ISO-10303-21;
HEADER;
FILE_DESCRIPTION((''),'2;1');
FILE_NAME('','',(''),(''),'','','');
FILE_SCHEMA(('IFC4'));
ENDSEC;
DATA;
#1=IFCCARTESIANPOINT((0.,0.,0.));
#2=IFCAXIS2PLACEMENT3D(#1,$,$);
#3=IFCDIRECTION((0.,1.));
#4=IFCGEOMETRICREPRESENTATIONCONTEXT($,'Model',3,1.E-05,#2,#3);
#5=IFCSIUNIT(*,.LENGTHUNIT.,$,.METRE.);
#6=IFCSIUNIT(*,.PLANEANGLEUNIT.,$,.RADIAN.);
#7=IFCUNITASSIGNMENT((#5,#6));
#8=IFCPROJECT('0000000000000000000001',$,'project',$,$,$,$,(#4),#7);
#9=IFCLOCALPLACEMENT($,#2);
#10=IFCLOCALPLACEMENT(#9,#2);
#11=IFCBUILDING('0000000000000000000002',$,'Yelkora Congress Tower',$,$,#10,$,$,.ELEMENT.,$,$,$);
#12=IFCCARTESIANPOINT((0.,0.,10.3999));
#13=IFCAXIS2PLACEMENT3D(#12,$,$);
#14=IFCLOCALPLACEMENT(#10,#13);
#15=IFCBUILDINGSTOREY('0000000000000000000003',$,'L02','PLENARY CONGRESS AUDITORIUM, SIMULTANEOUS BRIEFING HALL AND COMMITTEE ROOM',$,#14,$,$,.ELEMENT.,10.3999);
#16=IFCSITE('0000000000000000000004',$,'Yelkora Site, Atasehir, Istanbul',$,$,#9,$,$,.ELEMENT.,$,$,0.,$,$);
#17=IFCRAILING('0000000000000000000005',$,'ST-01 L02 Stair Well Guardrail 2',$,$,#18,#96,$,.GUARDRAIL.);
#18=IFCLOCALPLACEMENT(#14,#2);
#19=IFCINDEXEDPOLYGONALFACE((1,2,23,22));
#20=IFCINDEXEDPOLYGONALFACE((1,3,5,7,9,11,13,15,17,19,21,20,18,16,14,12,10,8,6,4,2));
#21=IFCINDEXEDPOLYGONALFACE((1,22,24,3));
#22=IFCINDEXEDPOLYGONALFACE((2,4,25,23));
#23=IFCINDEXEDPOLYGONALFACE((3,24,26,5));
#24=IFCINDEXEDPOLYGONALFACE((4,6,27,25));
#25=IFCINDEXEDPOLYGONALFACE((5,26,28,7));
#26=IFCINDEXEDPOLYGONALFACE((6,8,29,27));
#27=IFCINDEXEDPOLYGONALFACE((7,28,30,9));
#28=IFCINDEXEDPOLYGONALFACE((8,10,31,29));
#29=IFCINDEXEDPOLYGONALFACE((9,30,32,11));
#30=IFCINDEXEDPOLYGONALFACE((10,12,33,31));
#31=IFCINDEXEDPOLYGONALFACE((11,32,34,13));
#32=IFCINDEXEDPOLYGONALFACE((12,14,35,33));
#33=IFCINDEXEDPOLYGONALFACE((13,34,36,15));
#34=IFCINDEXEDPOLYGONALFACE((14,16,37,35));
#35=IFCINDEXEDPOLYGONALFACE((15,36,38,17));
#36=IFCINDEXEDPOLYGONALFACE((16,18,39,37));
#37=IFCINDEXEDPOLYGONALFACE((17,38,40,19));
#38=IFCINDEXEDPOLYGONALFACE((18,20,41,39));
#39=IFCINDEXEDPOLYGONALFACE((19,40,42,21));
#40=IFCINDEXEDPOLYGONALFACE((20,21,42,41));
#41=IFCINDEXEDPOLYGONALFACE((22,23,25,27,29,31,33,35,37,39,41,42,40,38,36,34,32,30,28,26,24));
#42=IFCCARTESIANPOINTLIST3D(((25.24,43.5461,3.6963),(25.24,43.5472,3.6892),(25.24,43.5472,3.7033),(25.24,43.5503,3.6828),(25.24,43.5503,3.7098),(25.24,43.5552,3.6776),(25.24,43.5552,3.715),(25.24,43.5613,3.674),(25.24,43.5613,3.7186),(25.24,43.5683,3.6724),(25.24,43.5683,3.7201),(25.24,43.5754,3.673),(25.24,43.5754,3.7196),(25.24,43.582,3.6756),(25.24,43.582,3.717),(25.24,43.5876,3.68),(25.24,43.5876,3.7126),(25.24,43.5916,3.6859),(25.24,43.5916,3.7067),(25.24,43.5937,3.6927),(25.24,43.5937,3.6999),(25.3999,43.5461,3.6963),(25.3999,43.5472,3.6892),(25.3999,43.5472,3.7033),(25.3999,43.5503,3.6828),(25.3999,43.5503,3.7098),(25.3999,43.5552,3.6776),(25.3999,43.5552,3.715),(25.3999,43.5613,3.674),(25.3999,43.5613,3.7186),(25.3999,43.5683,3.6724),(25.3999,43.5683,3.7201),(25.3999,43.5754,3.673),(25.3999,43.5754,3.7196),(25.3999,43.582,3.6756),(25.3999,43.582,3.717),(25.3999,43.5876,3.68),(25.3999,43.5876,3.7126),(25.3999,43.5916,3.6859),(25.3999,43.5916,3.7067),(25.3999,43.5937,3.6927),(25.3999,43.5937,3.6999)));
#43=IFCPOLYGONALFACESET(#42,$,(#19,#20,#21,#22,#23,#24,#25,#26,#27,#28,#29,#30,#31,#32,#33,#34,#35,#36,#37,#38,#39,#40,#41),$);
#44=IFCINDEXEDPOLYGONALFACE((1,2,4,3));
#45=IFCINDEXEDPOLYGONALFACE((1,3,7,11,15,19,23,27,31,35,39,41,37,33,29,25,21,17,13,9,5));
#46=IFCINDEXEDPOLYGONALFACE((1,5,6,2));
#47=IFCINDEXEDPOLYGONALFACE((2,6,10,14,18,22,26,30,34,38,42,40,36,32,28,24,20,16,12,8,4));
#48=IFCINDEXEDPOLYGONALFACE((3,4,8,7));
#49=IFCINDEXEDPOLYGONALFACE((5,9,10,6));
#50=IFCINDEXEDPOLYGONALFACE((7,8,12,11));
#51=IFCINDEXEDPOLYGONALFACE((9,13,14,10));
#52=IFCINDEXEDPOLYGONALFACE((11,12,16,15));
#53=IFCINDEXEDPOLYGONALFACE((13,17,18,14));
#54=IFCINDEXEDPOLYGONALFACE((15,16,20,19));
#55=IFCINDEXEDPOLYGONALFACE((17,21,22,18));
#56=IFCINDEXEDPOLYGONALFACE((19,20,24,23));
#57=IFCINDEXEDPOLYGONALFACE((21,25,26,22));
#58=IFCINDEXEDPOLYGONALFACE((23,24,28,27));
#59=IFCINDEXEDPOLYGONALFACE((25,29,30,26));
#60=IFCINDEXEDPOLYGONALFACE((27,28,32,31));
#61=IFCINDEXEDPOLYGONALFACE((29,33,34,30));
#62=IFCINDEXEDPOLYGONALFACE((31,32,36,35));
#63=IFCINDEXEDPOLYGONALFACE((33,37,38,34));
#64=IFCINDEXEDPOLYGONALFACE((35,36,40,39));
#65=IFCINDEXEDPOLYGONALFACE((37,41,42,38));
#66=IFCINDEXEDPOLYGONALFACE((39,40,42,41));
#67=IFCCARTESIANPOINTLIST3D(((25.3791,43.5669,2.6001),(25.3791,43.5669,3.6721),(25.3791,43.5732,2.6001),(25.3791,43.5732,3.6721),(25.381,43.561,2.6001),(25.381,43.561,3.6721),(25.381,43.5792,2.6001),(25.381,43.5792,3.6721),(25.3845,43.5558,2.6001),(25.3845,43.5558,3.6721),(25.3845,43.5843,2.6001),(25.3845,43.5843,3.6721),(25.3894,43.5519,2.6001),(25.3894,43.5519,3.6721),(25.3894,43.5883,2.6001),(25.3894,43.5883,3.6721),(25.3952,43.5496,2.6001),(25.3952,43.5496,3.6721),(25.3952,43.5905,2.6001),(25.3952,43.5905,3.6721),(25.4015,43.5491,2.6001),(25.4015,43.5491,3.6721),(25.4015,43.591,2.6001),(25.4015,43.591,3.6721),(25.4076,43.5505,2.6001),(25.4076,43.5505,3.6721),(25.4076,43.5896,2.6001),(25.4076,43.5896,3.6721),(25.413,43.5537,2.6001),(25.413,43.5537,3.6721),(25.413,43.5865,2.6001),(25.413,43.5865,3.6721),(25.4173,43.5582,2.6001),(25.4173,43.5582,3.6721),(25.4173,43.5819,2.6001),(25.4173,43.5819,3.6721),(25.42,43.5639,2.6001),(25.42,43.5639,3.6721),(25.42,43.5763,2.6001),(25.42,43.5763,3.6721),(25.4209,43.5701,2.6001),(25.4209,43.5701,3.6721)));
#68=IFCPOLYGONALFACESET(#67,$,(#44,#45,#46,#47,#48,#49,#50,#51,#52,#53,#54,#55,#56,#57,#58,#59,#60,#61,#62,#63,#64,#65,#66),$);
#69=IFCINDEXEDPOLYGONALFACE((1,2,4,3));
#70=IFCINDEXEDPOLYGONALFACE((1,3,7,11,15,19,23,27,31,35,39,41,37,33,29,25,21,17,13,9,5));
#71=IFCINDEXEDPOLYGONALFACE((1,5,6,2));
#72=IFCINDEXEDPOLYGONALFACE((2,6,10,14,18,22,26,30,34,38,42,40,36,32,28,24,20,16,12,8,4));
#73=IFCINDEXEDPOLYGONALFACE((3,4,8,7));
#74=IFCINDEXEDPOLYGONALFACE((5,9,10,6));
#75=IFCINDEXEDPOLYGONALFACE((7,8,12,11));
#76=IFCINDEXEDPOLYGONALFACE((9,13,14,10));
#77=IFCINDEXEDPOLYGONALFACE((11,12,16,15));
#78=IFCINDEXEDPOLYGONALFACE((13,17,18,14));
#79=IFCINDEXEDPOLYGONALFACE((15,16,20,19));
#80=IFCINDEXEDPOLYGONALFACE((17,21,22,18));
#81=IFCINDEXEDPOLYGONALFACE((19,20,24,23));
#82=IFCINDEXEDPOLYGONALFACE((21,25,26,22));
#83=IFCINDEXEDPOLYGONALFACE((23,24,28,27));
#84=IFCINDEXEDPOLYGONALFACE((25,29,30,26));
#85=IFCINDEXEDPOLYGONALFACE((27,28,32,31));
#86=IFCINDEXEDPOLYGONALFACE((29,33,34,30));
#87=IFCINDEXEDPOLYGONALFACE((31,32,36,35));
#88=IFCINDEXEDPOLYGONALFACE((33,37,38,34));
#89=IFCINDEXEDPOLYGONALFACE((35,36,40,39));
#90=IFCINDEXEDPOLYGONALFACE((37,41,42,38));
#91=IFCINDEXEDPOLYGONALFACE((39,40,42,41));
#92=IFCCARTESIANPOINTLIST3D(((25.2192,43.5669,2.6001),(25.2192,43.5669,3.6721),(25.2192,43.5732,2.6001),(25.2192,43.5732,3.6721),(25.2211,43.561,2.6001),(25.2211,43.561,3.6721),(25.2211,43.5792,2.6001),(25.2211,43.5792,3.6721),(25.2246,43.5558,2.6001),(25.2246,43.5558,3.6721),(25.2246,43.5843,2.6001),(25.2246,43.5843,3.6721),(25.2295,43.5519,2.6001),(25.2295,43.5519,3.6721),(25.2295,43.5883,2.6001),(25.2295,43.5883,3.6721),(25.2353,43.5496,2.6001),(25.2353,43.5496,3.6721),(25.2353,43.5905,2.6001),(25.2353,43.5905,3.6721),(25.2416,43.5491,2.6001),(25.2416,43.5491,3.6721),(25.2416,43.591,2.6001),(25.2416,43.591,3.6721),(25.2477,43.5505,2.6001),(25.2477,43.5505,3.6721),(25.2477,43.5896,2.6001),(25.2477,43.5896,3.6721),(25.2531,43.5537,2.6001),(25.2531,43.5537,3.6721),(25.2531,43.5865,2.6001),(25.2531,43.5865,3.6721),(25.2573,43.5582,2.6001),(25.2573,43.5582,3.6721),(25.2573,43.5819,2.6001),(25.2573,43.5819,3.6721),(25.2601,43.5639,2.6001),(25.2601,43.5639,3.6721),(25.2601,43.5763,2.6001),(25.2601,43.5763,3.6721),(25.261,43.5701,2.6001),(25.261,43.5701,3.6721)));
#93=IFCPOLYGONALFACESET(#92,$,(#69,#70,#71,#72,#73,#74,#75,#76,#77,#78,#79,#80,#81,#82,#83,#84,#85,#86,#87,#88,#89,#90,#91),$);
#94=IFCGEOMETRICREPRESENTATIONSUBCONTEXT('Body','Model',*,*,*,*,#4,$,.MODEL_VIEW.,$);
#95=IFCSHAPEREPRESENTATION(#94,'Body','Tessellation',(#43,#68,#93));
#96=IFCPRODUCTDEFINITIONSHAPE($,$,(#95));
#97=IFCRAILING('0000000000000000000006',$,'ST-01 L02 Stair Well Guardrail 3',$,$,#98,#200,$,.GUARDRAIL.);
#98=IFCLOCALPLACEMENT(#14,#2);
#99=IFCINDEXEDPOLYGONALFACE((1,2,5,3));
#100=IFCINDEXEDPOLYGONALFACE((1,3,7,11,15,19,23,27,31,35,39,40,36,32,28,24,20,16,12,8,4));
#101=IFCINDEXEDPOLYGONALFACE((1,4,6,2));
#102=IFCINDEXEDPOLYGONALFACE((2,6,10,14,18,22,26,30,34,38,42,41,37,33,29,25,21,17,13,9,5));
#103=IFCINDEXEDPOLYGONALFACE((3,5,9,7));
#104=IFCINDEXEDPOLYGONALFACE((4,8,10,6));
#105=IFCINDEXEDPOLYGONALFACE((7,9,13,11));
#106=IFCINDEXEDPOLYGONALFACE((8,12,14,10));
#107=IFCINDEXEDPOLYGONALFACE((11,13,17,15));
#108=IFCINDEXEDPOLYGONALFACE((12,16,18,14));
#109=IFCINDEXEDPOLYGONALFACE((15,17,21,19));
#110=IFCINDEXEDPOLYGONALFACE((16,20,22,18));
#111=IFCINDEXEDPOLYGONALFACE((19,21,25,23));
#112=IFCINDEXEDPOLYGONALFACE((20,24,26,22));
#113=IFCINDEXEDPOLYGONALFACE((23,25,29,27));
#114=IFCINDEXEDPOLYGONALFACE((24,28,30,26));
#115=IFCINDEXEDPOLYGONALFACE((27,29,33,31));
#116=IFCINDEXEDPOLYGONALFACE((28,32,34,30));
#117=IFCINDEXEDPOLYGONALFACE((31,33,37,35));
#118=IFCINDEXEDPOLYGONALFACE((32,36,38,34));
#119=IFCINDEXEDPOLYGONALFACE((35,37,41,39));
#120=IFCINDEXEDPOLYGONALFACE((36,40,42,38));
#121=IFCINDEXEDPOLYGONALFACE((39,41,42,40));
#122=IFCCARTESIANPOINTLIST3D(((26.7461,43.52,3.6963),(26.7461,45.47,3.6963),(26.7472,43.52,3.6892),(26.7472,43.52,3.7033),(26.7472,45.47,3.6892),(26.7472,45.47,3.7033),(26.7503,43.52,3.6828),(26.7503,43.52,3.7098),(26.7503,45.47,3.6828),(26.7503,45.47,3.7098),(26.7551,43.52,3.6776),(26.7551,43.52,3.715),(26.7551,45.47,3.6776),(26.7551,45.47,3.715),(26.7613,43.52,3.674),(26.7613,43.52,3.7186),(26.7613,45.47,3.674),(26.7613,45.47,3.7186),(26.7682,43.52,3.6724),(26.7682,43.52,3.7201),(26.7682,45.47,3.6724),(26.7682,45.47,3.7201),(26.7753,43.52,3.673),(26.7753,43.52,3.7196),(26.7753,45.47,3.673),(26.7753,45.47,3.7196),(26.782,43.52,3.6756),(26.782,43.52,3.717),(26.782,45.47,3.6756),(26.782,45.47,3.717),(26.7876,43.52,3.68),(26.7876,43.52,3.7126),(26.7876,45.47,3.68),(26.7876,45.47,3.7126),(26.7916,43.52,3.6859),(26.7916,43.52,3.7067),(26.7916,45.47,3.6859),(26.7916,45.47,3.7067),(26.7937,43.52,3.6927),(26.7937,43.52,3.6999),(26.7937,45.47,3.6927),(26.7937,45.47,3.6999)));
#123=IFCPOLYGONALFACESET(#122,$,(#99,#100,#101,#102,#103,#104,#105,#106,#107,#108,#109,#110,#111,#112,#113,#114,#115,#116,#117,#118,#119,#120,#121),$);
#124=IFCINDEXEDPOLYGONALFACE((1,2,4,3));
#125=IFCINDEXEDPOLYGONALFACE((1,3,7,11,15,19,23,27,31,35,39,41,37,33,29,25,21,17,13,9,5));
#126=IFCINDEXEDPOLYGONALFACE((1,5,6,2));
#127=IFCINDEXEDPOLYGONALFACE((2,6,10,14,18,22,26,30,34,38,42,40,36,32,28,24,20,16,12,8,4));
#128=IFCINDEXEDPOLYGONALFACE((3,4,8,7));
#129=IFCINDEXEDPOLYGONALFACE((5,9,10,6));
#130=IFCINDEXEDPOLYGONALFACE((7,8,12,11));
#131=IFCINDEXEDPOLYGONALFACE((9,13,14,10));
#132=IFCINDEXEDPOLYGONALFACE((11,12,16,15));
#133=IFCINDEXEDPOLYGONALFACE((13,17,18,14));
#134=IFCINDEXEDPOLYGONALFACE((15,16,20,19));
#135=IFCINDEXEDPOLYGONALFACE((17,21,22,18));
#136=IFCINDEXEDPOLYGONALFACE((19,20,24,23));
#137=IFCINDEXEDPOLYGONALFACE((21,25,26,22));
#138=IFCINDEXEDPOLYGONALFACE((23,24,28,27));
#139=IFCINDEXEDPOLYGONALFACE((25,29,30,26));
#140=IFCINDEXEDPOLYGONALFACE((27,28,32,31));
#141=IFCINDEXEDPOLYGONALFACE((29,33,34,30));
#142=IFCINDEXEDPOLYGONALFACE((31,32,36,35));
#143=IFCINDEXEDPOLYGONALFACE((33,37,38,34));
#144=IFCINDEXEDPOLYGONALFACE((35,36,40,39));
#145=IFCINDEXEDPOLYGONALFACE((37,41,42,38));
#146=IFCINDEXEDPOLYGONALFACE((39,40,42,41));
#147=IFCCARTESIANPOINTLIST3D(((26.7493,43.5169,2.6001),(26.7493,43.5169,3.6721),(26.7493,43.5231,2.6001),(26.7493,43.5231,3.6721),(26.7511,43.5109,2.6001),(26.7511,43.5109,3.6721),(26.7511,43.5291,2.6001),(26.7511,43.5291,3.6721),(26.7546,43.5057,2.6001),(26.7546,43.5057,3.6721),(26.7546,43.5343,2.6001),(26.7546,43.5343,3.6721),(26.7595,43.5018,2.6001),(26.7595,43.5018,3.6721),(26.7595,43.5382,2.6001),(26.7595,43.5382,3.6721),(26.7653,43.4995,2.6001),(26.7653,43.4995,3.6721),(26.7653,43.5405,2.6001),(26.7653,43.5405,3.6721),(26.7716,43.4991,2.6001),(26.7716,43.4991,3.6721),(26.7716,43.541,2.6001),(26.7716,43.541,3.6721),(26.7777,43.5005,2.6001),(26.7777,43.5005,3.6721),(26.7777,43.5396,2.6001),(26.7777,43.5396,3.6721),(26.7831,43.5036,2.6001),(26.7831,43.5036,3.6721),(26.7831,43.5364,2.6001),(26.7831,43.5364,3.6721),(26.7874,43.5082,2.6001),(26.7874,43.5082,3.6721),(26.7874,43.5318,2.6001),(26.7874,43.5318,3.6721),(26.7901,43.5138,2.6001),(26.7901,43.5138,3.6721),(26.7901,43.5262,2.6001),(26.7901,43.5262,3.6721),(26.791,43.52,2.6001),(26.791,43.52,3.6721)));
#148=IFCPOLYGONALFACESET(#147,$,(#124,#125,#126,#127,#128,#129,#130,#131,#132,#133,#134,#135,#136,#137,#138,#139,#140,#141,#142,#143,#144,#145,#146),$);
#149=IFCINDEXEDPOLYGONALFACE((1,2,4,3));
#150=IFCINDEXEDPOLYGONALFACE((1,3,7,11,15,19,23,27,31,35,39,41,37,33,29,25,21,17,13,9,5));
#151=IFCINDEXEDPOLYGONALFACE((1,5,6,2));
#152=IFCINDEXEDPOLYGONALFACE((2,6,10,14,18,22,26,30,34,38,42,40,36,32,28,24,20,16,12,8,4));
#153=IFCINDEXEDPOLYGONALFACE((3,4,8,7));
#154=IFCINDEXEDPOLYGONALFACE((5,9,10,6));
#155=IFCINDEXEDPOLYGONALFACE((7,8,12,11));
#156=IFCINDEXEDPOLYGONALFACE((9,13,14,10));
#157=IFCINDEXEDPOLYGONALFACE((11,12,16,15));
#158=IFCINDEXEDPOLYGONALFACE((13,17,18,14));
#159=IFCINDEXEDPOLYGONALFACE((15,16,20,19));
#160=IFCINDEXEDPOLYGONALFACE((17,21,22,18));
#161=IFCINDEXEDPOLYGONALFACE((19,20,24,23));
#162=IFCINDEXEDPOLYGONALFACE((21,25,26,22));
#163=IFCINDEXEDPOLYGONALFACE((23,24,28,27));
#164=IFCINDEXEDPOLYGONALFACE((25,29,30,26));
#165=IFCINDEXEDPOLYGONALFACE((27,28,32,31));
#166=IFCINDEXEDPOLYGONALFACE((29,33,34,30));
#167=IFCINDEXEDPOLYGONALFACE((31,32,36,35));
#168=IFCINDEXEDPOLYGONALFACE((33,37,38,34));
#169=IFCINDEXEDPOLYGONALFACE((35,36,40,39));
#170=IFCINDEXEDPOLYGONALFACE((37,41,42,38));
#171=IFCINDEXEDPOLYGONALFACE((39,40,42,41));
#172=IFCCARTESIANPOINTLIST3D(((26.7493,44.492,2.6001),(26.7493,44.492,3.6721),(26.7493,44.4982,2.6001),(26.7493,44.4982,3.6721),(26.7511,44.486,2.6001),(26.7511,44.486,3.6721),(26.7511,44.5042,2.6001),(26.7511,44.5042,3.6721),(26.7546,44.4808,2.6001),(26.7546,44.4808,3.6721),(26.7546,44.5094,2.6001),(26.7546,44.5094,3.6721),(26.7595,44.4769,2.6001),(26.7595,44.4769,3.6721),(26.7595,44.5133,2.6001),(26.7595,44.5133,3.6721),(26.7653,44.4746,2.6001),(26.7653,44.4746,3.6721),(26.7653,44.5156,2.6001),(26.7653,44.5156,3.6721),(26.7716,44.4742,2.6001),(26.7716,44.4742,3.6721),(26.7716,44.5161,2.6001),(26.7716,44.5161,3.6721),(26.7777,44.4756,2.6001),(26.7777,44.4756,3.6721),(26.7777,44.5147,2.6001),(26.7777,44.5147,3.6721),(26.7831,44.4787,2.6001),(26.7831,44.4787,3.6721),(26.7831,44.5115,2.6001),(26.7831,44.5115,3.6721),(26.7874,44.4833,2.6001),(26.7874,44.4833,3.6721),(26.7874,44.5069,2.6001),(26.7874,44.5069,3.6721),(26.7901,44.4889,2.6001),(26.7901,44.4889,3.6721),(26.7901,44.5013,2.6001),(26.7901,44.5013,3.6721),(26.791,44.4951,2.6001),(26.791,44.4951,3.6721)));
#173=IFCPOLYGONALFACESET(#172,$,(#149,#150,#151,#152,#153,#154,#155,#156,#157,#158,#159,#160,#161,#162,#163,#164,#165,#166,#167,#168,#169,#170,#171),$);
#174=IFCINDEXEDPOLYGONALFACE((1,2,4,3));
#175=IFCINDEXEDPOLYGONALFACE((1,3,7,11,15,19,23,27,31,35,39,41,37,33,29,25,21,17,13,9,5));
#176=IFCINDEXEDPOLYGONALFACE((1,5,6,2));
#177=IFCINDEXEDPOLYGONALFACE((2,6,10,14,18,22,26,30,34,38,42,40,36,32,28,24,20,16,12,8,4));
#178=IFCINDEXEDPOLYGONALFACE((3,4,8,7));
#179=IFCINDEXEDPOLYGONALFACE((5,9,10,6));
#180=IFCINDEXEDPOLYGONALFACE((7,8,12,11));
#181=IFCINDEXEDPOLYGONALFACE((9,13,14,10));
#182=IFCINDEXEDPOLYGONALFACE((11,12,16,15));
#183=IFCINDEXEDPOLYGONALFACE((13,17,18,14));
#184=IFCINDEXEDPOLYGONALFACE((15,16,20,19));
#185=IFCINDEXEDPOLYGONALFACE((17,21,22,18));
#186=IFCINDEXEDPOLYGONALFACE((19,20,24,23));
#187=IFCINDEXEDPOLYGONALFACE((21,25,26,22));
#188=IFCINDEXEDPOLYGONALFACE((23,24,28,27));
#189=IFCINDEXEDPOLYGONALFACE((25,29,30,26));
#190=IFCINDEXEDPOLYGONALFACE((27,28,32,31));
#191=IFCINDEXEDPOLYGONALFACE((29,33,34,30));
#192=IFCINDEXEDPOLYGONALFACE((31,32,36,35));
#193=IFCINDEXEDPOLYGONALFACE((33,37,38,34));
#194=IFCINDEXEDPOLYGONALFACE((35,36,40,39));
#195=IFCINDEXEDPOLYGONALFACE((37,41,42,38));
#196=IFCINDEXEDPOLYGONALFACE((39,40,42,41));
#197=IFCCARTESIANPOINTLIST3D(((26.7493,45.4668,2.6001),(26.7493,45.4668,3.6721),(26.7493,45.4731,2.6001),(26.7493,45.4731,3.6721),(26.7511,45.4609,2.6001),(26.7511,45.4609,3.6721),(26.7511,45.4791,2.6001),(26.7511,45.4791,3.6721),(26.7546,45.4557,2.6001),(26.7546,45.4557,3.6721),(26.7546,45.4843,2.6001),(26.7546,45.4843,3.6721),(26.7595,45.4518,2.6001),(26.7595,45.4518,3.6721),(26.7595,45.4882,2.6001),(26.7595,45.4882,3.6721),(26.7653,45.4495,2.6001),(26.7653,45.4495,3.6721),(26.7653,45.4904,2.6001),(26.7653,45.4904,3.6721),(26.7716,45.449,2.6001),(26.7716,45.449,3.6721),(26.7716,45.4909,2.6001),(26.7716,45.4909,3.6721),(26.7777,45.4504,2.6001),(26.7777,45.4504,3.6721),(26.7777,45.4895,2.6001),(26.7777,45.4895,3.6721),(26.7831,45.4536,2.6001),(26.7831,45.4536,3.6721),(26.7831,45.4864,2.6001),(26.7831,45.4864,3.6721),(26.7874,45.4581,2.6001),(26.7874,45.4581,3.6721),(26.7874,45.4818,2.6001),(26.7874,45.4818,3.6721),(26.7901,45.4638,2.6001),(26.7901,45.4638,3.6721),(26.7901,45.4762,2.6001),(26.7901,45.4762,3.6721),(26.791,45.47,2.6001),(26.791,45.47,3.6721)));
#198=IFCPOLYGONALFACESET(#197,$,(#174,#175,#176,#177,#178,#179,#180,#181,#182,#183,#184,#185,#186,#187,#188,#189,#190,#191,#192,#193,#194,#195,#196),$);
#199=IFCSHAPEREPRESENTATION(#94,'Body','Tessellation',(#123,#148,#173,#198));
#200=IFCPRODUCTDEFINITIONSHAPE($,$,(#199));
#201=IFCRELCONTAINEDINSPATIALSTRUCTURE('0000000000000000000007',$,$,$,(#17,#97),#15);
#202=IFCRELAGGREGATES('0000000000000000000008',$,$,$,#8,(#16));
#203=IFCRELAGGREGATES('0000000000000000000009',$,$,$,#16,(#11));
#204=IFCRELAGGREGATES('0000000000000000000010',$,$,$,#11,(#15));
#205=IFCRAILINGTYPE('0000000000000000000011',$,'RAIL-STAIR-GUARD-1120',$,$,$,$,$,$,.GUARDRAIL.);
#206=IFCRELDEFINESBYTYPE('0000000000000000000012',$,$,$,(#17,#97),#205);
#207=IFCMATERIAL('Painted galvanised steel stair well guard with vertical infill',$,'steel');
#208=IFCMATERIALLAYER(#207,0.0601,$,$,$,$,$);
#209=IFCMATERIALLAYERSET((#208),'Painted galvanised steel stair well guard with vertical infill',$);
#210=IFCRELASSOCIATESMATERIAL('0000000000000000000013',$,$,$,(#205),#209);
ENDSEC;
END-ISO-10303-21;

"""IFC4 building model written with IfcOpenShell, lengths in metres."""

from ifc_helpers import new_model, si_unit, direction, frame, origin, origin_2d, place, context, subcontext, project, spatial, circle, extrude, material, layer, layer_set, type_object, element, save


model = new_model("IFC4")

# Units and contexts
model_context = context("Model", 3, precision=1e-05, world=origin(), true_north=direction((0.0, 1.0)))
body_context = subcontext(model_context, "Body", "Model", "MODEL_VIEW")
ifc_project = project(units=[si_unit("LENGTHUNIT", "METRE"), si_unit("PLANEANGLEUNIT", "RADIAN")], contexts=[model_context])

# Site, building, storey
site_placement = place(None, origin())
site = spatial("IfcSite", under=ifc_project, at=site_placement, Name="Yelkora Site, Atasehir, Istanbul", CompositionType="ELEMENT", RefElevation=0.0)
building_placement = place(site_placement, origin())
building = spatial("IfcBuilding", under=site, at=building_placement, Name="Yelkora Congress Tower", CompositionType="ELEMENT")
storey_placement = place(building_placement, frame((0.0, 0.0, 10.3999)))
storey = spatial("IfcBuildingStorey", under=building, at=storey_placement, Name="L02", Description="PLENARY CONGRESS AUDITORIUM, SIMULTANEOUS BRIEFING HALL AND COMMITTEE ROOM", CompositionType="ELEMENT", Elevation=10.3999)

# Railings
ifc_material_1 = material(Name="Painted galvanised steel stair well guard with vertical infill", Category="steel")
ifc_layer_1 = layer(ifc_material_1, 0.0601)
ifc_layer_set_1 = layer_set([ifc_layer_1], Name="Painted galvanised steel stair well guard with vertical infill")
railing_type_1 = type_object("IfcRailingType", Name="RAIL-STAIR-GUARD-1120", PredefinedType="GUARDRAIL", material=ifc_layer_set_1)
railing_1_placement = place(storey_placement, frame((25.3999, 43.5701, 2.6001)))
element("IfcRailing", 1, at=railing_1_placement, inside=storey, type_object=railing_type_1, Name="ST-01 L02 Stair Well Guardrail 2", PredefinedType="GUARDRAIL", context=body_context, shape_type="SweptSolid", body=[
    extrude(circle(Radius=0.0239, at=origin_2d()), frame((0.0, 0.0, 1.0962), z_axis=(-1.0, 0.0, 0.0), x_axis=(0.0, -1.0, 0.0)), (0.0, 0.0, 1.0), 0.1599),
    extrude(circle(Radius=0.021, at=origin_2d()), origin(), (0.0, 0.0, 1.0), 1.072),
    extrude(circle(Radius=0.021, at=origin_2d()), frame((-0.1599, 0.0, 0.0)), (0.0, 0.0, 1.0), 1.072),
])
for number, where, name in (
    (2, (26.77, 43.52, 2.6001), "ST-01 L02 Stair Well Guardrail 3"),
):
    element("IfcRailing", number, at=place(storey_placement, frame(where)), inside=storey, type_object=railing_type_1, Name=name, PredefinedType="GUARDRAIL", context=body_context, shape_type="SweptSolid", body=[
        extrude(circle(Radius=0.0239, at=origin_2d()), frame((0.0, 0.0, 1.0962), z_axis=(0.0, 1.0, 0.0), x_axis=(-1.0, 0.0, 0.0)), (0.0, 0.0, 1.0), 1.95),
        extrude(circle(Radius=0.021, at=origin_2d()), origin(), (0.0, 0.0, 1.0), 1.072),
        extrude(circle(Radius=0.021, at=origin_2d()), frame((0.0, 0.9751, 0.0)), (0.0, 0.0, 1.0), 1.072),
        extrude(circle(Radius=0.021, at=origin_2d()), frame((0.0, 1.95, 0.0)), (0.0, 0.0, 1.0), 1.072),
    ])

save(model, "model.ifc")
